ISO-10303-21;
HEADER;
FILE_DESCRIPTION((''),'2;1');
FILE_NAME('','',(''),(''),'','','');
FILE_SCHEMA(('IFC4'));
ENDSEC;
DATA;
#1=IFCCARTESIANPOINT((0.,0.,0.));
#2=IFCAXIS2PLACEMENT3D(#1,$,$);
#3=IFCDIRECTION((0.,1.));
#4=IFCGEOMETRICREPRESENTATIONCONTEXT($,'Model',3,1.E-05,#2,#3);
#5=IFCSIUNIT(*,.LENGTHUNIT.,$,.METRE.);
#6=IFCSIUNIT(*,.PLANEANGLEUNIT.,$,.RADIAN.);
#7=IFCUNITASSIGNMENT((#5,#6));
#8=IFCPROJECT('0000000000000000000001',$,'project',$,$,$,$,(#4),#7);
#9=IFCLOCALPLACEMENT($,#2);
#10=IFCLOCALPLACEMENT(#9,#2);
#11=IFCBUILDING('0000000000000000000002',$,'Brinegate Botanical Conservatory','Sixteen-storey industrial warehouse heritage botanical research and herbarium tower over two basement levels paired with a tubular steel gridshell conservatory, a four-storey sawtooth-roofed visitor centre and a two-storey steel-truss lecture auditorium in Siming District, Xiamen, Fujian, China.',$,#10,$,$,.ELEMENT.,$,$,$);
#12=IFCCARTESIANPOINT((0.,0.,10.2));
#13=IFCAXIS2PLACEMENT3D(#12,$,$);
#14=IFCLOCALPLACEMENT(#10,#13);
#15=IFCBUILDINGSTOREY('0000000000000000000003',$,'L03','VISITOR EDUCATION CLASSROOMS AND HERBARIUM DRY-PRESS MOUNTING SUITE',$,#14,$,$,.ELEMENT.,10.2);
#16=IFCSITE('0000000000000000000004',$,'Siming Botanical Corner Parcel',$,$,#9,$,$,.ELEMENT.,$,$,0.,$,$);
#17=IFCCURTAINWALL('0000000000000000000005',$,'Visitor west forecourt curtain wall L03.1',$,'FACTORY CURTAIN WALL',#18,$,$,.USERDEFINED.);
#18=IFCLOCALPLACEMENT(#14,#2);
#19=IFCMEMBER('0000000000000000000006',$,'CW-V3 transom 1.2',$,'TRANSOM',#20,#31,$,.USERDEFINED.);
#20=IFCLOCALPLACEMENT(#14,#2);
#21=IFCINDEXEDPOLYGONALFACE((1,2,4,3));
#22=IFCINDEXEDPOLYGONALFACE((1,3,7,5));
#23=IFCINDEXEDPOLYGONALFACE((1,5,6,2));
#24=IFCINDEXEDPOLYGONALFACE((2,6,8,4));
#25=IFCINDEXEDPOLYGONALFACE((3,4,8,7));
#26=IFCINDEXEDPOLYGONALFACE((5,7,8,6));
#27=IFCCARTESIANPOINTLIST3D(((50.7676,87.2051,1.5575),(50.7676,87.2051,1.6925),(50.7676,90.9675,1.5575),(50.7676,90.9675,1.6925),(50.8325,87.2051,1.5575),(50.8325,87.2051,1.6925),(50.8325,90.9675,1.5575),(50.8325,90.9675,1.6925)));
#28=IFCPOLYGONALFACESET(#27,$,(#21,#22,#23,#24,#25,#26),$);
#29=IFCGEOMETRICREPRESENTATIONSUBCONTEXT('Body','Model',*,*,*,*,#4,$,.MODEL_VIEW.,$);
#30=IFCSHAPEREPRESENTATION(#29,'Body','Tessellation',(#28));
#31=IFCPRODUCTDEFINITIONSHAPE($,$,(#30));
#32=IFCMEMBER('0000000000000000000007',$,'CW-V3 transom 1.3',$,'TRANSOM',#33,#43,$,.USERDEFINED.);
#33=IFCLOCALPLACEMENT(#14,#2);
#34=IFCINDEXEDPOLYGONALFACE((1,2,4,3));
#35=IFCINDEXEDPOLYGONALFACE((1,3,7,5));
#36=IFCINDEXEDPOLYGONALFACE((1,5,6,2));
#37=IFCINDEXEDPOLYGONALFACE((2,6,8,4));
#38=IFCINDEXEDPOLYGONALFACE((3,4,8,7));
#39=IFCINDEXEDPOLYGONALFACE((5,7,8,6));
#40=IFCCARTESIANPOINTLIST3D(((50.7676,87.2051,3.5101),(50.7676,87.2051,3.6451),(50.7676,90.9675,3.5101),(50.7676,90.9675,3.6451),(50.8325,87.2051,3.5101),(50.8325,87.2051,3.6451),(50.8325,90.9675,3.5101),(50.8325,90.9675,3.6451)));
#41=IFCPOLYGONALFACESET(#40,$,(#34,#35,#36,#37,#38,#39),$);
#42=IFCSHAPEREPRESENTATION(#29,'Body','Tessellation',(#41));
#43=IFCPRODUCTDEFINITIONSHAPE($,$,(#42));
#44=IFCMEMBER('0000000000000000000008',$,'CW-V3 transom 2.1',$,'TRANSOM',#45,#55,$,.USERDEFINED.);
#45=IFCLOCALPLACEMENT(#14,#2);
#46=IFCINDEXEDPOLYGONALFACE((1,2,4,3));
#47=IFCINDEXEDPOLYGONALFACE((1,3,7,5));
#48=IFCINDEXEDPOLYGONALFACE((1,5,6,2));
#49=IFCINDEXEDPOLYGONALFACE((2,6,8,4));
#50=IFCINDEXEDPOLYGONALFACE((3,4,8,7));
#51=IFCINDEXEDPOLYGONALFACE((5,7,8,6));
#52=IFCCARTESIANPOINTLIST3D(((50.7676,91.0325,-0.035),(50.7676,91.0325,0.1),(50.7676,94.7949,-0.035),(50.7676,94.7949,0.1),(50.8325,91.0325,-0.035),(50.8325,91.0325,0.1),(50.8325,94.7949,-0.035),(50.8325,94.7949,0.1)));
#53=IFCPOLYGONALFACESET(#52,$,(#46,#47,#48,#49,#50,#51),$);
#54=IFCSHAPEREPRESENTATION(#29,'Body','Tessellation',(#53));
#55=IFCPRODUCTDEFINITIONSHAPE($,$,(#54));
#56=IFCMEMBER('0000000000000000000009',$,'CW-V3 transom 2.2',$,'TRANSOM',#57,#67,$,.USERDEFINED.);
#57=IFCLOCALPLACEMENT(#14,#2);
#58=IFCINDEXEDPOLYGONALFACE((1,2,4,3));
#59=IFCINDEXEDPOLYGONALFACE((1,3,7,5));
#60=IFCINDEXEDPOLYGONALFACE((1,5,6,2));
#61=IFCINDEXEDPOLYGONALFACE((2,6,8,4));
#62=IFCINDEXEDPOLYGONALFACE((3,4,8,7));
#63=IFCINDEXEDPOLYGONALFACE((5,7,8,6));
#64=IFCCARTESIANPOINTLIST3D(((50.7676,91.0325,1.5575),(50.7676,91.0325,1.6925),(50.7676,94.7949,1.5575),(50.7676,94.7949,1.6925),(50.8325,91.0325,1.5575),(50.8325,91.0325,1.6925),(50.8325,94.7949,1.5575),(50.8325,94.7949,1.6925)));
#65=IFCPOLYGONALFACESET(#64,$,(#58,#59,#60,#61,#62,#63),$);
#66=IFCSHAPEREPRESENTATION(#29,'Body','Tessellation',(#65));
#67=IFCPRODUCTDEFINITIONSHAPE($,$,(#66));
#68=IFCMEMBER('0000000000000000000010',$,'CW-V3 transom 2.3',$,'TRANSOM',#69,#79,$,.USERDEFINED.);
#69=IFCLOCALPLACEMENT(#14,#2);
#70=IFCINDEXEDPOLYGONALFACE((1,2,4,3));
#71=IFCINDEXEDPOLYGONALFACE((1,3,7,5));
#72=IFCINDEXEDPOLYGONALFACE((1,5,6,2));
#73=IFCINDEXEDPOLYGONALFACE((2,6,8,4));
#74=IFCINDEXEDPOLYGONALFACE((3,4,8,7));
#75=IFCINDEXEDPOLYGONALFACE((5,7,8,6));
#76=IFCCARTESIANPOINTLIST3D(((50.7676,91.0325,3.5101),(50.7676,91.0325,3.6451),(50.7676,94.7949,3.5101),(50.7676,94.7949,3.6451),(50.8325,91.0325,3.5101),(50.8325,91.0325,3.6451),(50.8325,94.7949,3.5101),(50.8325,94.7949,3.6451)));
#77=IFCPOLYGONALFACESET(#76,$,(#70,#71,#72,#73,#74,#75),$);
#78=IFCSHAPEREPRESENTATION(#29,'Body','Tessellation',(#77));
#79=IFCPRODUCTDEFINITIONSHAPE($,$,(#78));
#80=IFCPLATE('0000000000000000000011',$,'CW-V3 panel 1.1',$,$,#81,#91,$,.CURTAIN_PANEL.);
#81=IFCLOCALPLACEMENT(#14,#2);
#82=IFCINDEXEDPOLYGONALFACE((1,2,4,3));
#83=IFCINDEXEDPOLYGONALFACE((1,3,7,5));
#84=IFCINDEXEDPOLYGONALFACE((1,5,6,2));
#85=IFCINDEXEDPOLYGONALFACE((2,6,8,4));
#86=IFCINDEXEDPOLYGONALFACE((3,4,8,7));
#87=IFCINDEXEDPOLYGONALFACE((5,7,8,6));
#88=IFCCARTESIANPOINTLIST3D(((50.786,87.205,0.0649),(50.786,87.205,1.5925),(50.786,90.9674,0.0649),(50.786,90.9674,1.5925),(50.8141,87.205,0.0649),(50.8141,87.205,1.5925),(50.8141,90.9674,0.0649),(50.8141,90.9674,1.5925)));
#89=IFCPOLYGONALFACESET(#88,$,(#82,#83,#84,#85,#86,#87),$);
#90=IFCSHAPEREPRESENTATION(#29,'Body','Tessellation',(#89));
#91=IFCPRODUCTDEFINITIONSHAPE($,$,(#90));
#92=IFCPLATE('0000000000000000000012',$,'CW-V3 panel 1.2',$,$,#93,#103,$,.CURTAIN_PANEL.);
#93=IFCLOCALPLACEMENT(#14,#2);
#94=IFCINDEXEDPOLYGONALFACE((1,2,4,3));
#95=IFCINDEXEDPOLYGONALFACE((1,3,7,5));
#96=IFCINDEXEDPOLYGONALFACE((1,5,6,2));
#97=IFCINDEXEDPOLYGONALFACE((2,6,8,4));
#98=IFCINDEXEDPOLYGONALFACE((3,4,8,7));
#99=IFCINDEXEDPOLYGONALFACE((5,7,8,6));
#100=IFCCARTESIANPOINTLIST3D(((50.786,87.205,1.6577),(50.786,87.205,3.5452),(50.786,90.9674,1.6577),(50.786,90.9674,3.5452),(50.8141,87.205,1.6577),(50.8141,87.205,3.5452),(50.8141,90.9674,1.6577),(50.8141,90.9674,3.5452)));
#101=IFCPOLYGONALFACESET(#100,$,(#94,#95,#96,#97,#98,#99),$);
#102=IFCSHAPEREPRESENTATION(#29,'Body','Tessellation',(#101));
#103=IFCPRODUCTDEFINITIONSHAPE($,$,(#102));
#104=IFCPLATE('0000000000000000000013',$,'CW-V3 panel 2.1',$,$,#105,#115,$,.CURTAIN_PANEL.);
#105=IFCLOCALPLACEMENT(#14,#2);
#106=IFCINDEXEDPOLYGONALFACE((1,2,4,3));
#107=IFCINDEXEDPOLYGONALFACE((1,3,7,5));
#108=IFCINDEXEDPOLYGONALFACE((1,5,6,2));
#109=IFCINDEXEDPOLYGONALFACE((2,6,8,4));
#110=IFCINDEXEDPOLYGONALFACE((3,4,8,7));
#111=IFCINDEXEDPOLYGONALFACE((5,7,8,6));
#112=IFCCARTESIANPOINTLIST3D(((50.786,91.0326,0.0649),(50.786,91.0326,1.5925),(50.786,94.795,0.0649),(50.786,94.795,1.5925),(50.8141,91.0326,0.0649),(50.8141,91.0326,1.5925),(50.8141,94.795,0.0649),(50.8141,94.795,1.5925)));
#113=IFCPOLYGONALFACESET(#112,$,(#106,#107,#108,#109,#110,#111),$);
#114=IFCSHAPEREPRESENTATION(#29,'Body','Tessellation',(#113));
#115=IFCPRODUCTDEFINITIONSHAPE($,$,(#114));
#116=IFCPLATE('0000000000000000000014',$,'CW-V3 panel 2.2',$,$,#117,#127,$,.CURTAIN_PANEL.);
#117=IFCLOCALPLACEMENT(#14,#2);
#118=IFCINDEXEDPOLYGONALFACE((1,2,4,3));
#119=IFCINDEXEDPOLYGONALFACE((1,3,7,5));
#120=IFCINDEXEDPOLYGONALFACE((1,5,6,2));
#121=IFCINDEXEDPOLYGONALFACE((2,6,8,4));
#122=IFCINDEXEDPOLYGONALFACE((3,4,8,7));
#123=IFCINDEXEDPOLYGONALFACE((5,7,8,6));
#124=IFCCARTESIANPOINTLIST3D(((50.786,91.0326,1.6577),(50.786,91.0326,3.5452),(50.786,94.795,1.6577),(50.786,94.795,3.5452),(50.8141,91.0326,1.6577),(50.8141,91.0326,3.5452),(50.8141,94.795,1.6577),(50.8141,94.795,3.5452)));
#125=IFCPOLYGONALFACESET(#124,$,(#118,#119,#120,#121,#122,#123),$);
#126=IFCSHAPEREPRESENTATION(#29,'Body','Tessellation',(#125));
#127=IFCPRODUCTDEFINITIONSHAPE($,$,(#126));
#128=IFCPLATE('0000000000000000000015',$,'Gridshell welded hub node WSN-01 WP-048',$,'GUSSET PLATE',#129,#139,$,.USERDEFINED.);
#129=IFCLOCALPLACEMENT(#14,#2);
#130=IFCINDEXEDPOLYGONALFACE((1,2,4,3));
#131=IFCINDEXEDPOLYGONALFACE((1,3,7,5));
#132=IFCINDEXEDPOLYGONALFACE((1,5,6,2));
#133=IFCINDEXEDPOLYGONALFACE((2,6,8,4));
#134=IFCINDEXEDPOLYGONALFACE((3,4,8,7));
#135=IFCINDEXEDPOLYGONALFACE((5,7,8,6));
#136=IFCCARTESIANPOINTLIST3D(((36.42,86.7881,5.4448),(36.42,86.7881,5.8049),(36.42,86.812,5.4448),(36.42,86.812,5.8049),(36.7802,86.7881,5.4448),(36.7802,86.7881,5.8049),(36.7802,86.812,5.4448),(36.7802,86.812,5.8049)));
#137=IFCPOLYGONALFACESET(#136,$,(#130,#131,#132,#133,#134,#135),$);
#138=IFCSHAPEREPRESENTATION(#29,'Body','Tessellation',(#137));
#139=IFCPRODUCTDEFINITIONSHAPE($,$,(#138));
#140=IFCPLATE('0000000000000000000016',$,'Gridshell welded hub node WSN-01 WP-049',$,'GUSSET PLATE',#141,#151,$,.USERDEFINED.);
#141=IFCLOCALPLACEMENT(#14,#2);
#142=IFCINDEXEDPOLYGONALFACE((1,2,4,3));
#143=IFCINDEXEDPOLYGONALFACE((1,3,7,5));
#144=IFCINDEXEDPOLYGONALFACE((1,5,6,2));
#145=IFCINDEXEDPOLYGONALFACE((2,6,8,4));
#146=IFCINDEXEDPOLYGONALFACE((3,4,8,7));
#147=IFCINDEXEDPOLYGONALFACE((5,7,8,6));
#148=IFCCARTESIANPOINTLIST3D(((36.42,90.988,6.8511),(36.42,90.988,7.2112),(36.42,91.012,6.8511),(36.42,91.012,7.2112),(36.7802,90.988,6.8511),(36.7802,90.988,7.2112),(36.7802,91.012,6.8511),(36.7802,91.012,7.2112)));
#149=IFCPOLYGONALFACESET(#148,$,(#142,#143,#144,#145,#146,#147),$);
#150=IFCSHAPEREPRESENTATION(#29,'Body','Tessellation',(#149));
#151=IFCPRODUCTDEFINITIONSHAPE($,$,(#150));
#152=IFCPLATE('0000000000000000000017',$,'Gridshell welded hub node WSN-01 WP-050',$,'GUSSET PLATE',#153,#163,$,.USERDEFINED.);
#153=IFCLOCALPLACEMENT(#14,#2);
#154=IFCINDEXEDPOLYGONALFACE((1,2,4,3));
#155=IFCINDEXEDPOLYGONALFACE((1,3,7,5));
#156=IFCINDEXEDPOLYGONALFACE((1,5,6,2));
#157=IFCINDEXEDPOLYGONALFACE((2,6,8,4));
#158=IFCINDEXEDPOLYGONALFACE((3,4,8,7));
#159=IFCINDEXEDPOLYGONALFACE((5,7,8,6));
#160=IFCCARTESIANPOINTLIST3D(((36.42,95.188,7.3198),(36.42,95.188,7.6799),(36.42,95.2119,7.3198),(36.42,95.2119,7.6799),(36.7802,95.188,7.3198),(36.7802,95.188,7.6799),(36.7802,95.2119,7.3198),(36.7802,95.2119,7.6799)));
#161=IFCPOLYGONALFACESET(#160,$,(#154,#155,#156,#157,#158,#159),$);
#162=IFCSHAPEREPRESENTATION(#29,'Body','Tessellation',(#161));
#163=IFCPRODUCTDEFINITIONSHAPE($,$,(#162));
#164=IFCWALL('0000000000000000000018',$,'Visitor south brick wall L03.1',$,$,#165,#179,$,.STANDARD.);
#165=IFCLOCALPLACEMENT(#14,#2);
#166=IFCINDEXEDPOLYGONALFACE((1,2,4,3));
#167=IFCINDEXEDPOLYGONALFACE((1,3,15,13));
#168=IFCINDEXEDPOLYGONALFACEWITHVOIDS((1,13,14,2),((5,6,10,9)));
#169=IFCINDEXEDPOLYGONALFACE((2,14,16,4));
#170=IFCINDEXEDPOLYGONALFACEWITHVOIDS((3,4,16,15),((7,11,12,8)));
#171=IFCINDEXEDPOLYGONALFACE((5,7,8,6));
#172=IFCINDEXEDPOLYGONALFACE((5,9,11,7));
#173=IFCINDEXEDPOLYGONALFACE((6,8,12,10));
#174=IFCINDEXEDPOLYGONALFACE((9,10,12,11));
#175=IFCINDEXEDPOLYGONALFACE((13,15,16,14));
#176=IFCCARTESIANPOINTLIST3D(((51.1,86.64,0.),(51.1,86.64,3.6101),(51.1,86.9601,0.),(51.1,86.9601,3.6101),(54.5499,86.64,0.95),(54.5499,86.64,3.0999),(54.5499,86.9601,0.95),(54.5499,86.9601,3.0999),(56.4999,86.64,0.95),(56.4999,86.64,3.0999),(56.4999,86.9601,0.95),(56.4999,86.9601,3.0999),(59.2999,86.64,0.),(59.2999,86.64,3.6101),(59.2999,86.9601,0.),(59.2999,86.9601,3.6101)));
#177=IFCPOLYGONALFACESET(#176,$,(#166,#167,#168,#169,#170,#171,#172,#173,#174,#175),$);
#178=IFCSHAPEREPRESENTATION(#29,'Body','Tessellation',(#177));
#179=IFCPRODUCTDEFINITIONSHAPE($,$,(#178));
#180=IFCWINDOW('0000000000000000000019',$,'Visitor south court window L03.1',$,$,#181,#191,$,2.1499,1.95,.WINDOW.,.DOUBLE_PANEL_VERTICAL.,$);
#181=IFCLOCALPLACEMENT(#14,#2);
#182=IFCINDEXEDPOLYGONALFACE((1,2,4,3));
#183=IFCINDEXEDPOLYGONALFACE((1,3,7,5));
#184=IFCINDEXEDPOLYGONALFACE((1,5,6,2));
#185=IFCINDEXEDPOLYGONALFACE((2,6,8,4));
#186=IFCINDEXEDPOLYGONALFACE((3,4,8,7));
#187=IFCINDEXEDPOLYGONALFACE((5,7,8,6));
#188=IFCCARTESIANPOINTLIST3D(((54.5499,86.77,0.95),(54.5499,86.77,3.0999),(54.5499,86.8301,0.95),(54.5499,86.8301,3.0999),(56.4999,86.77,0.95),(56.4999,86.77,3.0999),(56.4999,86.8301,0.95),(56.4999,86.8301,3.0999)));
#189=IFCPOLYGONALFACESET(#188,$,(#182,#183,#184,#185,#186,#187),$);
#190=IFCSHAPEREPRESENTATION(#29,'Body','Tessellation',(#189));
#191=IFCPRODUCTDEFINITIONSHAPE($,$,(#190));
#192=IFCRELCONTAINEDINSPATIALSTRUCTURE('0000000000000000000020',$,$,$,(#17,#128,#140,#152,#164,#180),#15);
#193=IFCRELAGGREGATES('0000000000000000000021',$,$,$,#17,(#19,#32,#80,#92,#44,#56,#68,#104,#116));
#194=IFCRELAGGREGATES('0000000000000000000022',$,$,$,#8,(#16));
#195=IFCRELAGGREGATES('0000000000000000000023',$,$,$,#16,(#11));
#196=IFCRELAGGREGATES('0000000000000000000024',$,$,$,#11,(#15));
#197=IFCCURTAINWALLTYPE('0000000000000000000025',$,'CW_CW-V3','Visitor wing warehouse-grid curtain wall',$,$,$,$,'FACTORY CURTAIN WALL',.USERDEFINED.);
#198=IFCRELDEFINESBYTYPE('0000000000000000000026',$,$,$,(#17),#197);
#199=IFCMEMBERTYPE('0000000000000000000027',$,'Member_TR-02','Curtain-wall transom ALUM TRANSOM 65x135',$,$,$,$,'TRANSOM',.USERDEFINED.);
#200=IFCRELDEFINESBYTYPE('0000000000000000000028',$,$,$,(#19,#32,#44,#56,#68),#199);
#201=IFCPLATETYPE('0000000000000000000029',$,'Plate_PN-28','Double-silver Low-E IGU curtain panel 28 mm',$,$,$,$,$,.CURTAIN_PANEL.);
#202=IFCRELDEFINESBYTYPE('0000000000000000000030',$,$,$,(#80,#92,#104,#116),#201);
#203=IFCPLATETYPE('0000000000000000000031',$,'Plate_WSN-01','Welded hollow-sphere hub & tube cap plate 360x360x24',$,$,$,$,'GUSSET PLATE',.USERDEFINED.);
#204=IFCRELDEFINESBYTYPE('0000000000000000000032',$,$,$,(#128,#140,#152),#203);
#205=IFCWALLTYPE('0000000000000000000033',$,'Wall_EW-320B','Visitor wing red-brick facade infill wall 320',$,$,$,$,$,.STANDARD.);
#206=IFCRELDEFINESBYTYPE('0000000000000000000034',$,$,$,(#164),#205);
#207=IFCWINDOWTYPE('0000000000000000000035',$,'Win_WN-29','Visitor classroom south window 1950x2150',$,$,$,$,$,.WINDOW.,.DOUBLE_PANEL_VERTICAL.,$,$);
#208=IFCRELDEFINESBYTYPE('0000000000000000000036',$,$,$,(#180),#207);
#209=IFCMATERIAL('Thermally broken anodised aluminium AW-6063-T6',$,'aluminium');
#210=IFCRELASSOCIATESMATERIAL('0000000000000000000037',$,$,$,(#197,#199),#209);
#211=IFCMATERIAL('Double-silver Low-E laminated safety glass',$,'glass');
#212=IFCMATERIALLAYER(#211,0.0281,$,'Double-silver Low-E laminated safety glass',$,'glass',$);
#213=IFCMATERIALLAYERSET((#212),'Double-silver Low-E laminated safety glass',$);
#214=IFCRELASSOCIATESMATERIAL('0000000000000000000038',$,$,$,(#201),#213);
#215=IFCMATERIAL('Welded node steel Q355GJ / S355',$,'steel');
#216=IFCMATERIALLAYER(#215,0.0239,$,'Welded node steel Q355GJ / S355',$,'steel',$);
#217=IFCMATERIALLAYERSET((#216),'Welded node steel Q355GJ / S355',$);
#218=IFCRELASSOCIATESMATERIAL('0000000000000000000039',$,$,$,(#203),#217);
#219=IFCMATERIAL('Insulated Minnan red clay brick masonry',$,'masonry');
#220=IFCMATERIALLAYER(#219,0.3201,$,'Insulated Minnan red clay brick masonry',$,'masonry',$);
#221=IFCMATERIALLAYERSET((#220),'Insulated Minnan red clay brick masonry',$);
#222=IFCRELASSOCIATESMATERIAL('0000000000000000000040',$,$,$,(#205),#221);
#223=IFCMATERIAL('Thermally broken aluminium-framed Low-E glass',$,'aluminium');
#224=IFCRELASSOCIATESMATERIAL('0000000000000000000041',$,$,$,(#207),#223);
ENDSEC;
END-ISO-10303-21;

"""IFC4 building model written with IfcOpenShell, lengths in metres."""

from ifc_helpers import new_model, si_unit, direction, frame, frame_2d, origin, origin_2d, place, context, subcontext, project, spatial, rectangle, extrude, material, layer, layer_set, material_profile, profile_set, type_object, element, fill, aggregate, save


model = new_model("IFC4")

# Units and contexts
model_context = context("Model", 3, precision=1e-05, world=origin(), true_north=direction((0.0, 1.0)))
body_context = subcontext(model_context, "Body", "Model", "MODEL_VIEW")
ifc_project = project(units=[si_unit("LENGTHUNIT", "METRE"), si_unit("PLANEANGLEUNIT", "RADIAN")], contexts=[model_context])

# Site, building, storey
site_placement = place(None, origin())
site = spatial("IfcSite", under=ifc_project, at=site_placement, Name="Siming Botanical Corner Parcel", CompositionType="ELEMENT", RefElevation=0.0)
building_placement = place(site_placement, origin())
building = spatial("IfcBuilding", under=site, at=building_placement, Name="Brinegate Botanical Conservatory", Description="Sixteen-storey industrial warehouse heritage botanical research and herbarium tower over two basement levels paired with a tubular steel gridshell conservatory, a four-storey sawtooth-roofed visitor centre and a two-storey steel-truss lecture auditorium in Siming District, Xiamen, Fujian, China.", CompositionType="ELEMENT")
storey_placement = place(building_placement, frame((0.0, 0.0, 10.2)))
storey = spatial("IfcBuildingStorey", under=building, at=storey_placement, Name="L03", Description="VISITOR EDUCATION CLASSROOMS AND HERBARIUM DRY-PRESS MOUNTING SUITE", CompositionType="ELEMENT", Elevation=10.2)

# Curtain wall, members, plates
ifc_material_1 = material(Name="Thermally broken anodised aluminium AW-6063-T6", Category="aluminium")
curtain_wall_type = type_object("IfcCurtainWallType", Name="CW_CW-V3", Description="Visitor wing warehouse-grid curtain wall", ElementType="FACTORY CURTAIN WALL", PredefinedType="USERDEFINED", material=ifc_material_1)
curtain_wall_placement = place(storey_placement, origin())
curtain_wall = element("IfcCurtainWall", 1, at=curtain_wall_placement, inside=storey, type_object=curtain_wall_type, Name="Visitor west forecourt curtain wall L03.1", ObjectType="FACTORY CURTAIN WALL", PredefinedType="USERDEFINED")
ifc_material_profile_1 = material_profile(ifc_material_1, rectangle(XDim=0.0649, YDim=0.135, at=origin_2d()), Name="ALUM TRANSOM 65x135")
ifc_profile_set_1 = profile_set([ifc_material_profile_1], Name="Thermally broken anodised aluminium AW-6063-T6")
member_type_1 = type_object("IfcMemberType", Name="Member_TR-02", Description="Curtain-wall transom ALUM TRANSOM 65x135", ElementType="TRANSOM", PredefinedType="USERDEFINED", material=ifc_profile_set_1)
member_1_placement = place(storey_placement, frame((50.8, 87.2051, 1.625), z_axis=(0.0, 1.0, 0.0), x_axis=(-1.0, 0.0, 0.0)))
member_1 = element("IfcMember", 2, at=member_1_placement, type_object=member_type_1, Name="CW-V3 transom 1.2", ObjectType="TRANSOM", PredefinedType="USERDEFINED", context=body_context, shape_type="SweptSolid", body=[
    extrude(rectangle(XDim=0.0649, YDim=0.135, at=origin_2d()), origin(), (0.0, 0.0, 1.0), 3.7625),
])
member_2_placement = place(storey_placement, frame((50.8, 87.2051, 3.5776), z_axis=(0.0, 1.0, 0.0), x_axis=(-1.0, 0.0, 0.0)))
member_2 = element("IfcMember", 3, at=member_2_placement, type_object=member_type_1, Name="CW-V3 transom 1.3", ObjectType="TRANSOM", PredefinedType="USERDEFINED", context=body_context, shape_type="SweptSolid", body=[
    extrude(rectangle(XDim=0.0649, YDim=0.135, at=origin_2d()), origin(), (0.0, 0.0, 1.0), 3.7625),
])
member_3_placement = place(storey_placement, frame((50.8, 91.0325, 0.0325), z_axis=(0.0, 1.0, 0.0), x_axis=(-1.0, 0.0, 0.0)))
member_3 = element("IfcMember", 4, at=member_3_placement, type_object=member_type_1, Name="CW-V3 transom 2.1", ObjectType="TRANSOM", PredefinedType="USERDEFINED", context=body_context, shape_type="SweptSolid", body=[
    extrude(rectangle(XDim=0.0649, YDim=0.135, at=origin_2d()), origin(), (0.0, 0.0, 1.0), 3.7625),
])
member_4_placement = place(storey_placement, frame((50.8, 91.0325, 1.625), z_axis=(0.0, 1.0, 0.0), x_axis=(-1.0, 0.0, 0.0)))
member_4 = element("IfcMember", 5, at=member_4_placement, type_object=member_type_1, Name="CW-V3 transom 2.2", ObjectType="TRANSOM", PredefinedType="USERDEFINED", context=body_context, shape_type="SweptSolid", body=[
    extrude(rectangle(XDim=0.0649, YDim=0.135, at=origin_2d()), origin(), (0.0, 0.0, 1.0), 3.7625),
])
member_5_placement = place(storey_placement, frame((50.8, 91.0325, 3.5776), z_axis=(0.0, 1.0, 0.0), x_axis=(-1.0, 0.0, 0.0)))
member_5 = element("IfcMember", 6, at=member_5_placement, type_object=member_type_1, Name="CW-V3 transom 2.3", ObjectType="TRANSOM", PredefinedType="USERDEFINED", context=body_context, shape_type="SweptSolid", body=[
    extrude(rectangle(XDim=0.0649, YDim=0.135, at=origin_2d()), origin(), (0.0, 0.0, 1.0), 3.7625),
])
ifc_material_2 = material(Name="Double-silver Low-E laminated safety glass", Category="glass")
ifc_layer_1 = layer(ifc_material_2, 0.0281, Name="Double-silver Low-E laminated safety glass", Category="glass")
ifc_layer_set_1 = layer_set([ifc_layer_1], Name="Double-silver Low-E laminated safety glass")
plate_type_1 = type_object("IfcPlateType", Name="Plate_PN-28", Description="Double-silver Low-E IGU curtain panel 28 mm", PredefinedType="CURTAIN_PANEL", material=ifc_layer_set_1)
plate_1_placement = place(storey_placement, frame((50.8, 89.0862, 0.0649), z_axis=(0.0, 0.0, 1.0), x_axis=(0.0, 1.0, 0.0)))
plate_1 = element("IfcPlate", 7, at=plate_1_placement, type_object=plate_type_1, Name="CW-V3 panel 1.1", PredefinedType="CURTAIN_PANEL", context=body_context, shape_type="SweptSolid", body=[
    extrude(rectangle(XDim=3.7625, YDim=0.0281, at=origin_2d()), origin(), (0.0, 0.0, 1.0), 1.5276),
])
plate_2_placement = place(storey_placement, frame((50.8, 89.0862, 1.6577), z_axis=(0.0, 0.0, 1.0), x_axis=(0.0, 1.0, 0.0)))
plate_2 = element("IfcPlate", 8, at=plate_2_placement, type_object=plate_type_1, Name="CW-V3 panel 1.2", PredefinedType="CURTAIN_PANEL", context=body_context, shape_type="SweptSolid", body=[
    extrude(rectangle(XDim=3.7625, YDim=0.0281, at=origin_2d()), origin(), (0.0, 0.0, 1.0), 1.8875),
])
plate_3_placement = place(storey_placement, frame((50.8, 92.9138, 0.0649), z_axis=(0.0, 0.0, 1.0), x_axis=(0.0, 1.0, 0.0)))
plate_3 = element("IfcPlate", 9, at=plate_3_placement, type_object=plate_type_1, Name="CW-V3 panel 2.1", PredefinedType="CURTAIN_PANEL", context=body_context, shape_type="SweptSolid", body=[
    extrude(rectangle(XDim=3.7625, YDim=0.0281, at=origin_2d()), origin(), (0.0, 0.0, 1.0), 1.5276),
])
plate_4_placement = place(storey_placement, frame((50.8, 92.9138, 1.6577), z_axis=(0.0, 0.0, 1.0), x_axis=(0.0, 1.0, 0.0)))
plate_4 = element("IfcPlate", 10, at=plate_4_placement, type_object=plate_type_1, Name="CW-V3 panel 2.2", PredefinedType="CURTAIN_PANEL", context=body_context, shape_type="SweptSolid", body=[
    extrude(rectangle(XDim=3.7625, YDim=0.0281, at=origin_2d()), origin(), (0.0, 0.0, 1.0), 1.8875),
])
aggregate(curtain_wall, [member_1, member_2, plate_1, plate_2, member_3, member_4, member_5, plate_3, plate_4])

# Plates
ifc_material_3 = material(Name="Welded node steel Q355GJ / S355", Category="steel")
ifc_layer_2 = layer(ifc_material_3, 0.0239, Name="Welded node steel Q355GJ / S355", Category="steel")
ifc_layer_set_2 = layer_set([ifc_layer_2], Name="Welded node steel Q355GJ / S355")
plate_type_2 = type_object("IfcPlateType", Name="Plate_WSN-01", Description="Welded hollow-sphere hub & tube cap plate 360x360x24", ElementType="GUSSET PLATE", PredefinedType="USERDEFINED", material=ifc_layer_set_2)
for number, where, z_axis, x_axis, name in (
    (11, (36.6001, 86.8, 5.4448), (0.0, 0.0, 1.0), (1.0, 0.0, 0.0), "Gridshell welded hub node WSN-01 WP-048"),
    (12, (36.6001, 91.0, 6.8511), (0.0, 0.0, 1.0), (1.0, 0.0, 0.0), "Gridshell welded hub node WSN-01 WP-049"),
    (13, (36.6001, 95.2, 7.3198), (0.0, 0.0, 1.0), (1.0, 0.0, 0.0), "Gridshell welded hub node WSN-01 WP-050"),
):
    element("IfcPlate", number, at=place(storey_placement, frame(where, z_axis=z_axis, x_axis=x_axis)), inside=storey, type_object=plate_type_2, Name=name, ObjectType="GUSSET PLATE", PredefinedType="USERDEFINED", context=body_context, shape_type="SweptSolid", body=[
        extrude(rectangle(XDim=0.3601, YDim=0.0239, at=origin_2d()), origin(), (0.0, 0.0, 1.0), 0.3601),
    ])

# Wall, opening, window
ifc_material_4 = material(Name="Insulated Minnan red clay brick masonry", Category="masonry")
ifc_layer_3 = layer(ifc_material_4, 0.3201, Name="Insulated Minnan red clay brick masonry", Category="masonry")
ifc_layer_set_3 = layer_set([ifc_layer_3], Name="Insulated Minnan red clay brick masonry")
wall_type_1 = type_object("IfcWallType", Name="Wall_EW-320B", Description="Visitor wing red-brick facade infill wall 320", PredefinedType="STANDARD", material=ifc_layer_set_3)
wall_1_placement = place(storey_placement, frame((59.3, 86.8, 0.0), z_axis=(0.0, 0.0, 1.0), x_axis=(-1.0, 0.0, 0.0)))
wall_1 = element("IfcWall", 14, at=wall_1_placement, inside=storey, type_object=wall_type_1, Name="Visitor south brick wall L03.1", PredefinedType="STANDARD", context=body_context, shape_type="SweptSolid", body=[
    extrude(rectangle(XDim=8.2, YDim=0.3201, at=frame_2d((4.1001, 0.0))), origin(), (0.0, 0.0, 1.0), 3.6101),
])
opening_1_placement = place(wall_1_placement, frame((2.8, 0.0, 0.95)))
opening_1 = element("IfcOpeningElement", 15, at=opening_1_placement, cuts=wall_1, PredefinedType="OPENING", context=body_context, shape_type="SweptSolid", body=[
    extrude(rectangle(XDim=1.95, YDim=2.1499, at=frame_2d((0.9751, 1.075))), frame((0.0, 0.1699, 0.0), z_axis=(0.0, -1.0, 0.0), x_axis=(1.0, 0.0, 0.0)), (0.0, 0.0, 1.0), 0.3401),
])
ifc_material_5 = material(Name="Thermally broken aluminium-framed Low-E glass", Category="aluminium")
window_type = type_object("IfcWindowType", Name="Win_WN-29", Description="Visitor classroom south window 1950x2150", PartitioningType="DOUBLE_PANEL_VERTICAL", PredefinedType="WINDOW", material=ifc_material_5)
window_placement = place(opening_1_placement, origin())
window = element("IfcWindow", 16, at=window_placement, inside=storey, type_object=window_type, Name="Visitor south court window L03.1", OverallHeight=2.1499, OverallWidth=1.95, PartitioningType="DOUBLE_PANEL_VERTICAL", PredefinedType="WINDOW", context=body_context, shape_type="SweptSolid", body=[
    extrude(rectangle(XDim=1.95, YDim=2.1499, at=frame_2d((0.9751, 1.075))), frame((0.0, 0.03, 0.0), z_axis=(0.0, -1.0, 0.0), x_axis=(1.0, 0.0, 0.0)), (0.0, 0.0, 1.0), 0.0601),
])
fill(opening_1, window)

save(model, "model.ifc")
